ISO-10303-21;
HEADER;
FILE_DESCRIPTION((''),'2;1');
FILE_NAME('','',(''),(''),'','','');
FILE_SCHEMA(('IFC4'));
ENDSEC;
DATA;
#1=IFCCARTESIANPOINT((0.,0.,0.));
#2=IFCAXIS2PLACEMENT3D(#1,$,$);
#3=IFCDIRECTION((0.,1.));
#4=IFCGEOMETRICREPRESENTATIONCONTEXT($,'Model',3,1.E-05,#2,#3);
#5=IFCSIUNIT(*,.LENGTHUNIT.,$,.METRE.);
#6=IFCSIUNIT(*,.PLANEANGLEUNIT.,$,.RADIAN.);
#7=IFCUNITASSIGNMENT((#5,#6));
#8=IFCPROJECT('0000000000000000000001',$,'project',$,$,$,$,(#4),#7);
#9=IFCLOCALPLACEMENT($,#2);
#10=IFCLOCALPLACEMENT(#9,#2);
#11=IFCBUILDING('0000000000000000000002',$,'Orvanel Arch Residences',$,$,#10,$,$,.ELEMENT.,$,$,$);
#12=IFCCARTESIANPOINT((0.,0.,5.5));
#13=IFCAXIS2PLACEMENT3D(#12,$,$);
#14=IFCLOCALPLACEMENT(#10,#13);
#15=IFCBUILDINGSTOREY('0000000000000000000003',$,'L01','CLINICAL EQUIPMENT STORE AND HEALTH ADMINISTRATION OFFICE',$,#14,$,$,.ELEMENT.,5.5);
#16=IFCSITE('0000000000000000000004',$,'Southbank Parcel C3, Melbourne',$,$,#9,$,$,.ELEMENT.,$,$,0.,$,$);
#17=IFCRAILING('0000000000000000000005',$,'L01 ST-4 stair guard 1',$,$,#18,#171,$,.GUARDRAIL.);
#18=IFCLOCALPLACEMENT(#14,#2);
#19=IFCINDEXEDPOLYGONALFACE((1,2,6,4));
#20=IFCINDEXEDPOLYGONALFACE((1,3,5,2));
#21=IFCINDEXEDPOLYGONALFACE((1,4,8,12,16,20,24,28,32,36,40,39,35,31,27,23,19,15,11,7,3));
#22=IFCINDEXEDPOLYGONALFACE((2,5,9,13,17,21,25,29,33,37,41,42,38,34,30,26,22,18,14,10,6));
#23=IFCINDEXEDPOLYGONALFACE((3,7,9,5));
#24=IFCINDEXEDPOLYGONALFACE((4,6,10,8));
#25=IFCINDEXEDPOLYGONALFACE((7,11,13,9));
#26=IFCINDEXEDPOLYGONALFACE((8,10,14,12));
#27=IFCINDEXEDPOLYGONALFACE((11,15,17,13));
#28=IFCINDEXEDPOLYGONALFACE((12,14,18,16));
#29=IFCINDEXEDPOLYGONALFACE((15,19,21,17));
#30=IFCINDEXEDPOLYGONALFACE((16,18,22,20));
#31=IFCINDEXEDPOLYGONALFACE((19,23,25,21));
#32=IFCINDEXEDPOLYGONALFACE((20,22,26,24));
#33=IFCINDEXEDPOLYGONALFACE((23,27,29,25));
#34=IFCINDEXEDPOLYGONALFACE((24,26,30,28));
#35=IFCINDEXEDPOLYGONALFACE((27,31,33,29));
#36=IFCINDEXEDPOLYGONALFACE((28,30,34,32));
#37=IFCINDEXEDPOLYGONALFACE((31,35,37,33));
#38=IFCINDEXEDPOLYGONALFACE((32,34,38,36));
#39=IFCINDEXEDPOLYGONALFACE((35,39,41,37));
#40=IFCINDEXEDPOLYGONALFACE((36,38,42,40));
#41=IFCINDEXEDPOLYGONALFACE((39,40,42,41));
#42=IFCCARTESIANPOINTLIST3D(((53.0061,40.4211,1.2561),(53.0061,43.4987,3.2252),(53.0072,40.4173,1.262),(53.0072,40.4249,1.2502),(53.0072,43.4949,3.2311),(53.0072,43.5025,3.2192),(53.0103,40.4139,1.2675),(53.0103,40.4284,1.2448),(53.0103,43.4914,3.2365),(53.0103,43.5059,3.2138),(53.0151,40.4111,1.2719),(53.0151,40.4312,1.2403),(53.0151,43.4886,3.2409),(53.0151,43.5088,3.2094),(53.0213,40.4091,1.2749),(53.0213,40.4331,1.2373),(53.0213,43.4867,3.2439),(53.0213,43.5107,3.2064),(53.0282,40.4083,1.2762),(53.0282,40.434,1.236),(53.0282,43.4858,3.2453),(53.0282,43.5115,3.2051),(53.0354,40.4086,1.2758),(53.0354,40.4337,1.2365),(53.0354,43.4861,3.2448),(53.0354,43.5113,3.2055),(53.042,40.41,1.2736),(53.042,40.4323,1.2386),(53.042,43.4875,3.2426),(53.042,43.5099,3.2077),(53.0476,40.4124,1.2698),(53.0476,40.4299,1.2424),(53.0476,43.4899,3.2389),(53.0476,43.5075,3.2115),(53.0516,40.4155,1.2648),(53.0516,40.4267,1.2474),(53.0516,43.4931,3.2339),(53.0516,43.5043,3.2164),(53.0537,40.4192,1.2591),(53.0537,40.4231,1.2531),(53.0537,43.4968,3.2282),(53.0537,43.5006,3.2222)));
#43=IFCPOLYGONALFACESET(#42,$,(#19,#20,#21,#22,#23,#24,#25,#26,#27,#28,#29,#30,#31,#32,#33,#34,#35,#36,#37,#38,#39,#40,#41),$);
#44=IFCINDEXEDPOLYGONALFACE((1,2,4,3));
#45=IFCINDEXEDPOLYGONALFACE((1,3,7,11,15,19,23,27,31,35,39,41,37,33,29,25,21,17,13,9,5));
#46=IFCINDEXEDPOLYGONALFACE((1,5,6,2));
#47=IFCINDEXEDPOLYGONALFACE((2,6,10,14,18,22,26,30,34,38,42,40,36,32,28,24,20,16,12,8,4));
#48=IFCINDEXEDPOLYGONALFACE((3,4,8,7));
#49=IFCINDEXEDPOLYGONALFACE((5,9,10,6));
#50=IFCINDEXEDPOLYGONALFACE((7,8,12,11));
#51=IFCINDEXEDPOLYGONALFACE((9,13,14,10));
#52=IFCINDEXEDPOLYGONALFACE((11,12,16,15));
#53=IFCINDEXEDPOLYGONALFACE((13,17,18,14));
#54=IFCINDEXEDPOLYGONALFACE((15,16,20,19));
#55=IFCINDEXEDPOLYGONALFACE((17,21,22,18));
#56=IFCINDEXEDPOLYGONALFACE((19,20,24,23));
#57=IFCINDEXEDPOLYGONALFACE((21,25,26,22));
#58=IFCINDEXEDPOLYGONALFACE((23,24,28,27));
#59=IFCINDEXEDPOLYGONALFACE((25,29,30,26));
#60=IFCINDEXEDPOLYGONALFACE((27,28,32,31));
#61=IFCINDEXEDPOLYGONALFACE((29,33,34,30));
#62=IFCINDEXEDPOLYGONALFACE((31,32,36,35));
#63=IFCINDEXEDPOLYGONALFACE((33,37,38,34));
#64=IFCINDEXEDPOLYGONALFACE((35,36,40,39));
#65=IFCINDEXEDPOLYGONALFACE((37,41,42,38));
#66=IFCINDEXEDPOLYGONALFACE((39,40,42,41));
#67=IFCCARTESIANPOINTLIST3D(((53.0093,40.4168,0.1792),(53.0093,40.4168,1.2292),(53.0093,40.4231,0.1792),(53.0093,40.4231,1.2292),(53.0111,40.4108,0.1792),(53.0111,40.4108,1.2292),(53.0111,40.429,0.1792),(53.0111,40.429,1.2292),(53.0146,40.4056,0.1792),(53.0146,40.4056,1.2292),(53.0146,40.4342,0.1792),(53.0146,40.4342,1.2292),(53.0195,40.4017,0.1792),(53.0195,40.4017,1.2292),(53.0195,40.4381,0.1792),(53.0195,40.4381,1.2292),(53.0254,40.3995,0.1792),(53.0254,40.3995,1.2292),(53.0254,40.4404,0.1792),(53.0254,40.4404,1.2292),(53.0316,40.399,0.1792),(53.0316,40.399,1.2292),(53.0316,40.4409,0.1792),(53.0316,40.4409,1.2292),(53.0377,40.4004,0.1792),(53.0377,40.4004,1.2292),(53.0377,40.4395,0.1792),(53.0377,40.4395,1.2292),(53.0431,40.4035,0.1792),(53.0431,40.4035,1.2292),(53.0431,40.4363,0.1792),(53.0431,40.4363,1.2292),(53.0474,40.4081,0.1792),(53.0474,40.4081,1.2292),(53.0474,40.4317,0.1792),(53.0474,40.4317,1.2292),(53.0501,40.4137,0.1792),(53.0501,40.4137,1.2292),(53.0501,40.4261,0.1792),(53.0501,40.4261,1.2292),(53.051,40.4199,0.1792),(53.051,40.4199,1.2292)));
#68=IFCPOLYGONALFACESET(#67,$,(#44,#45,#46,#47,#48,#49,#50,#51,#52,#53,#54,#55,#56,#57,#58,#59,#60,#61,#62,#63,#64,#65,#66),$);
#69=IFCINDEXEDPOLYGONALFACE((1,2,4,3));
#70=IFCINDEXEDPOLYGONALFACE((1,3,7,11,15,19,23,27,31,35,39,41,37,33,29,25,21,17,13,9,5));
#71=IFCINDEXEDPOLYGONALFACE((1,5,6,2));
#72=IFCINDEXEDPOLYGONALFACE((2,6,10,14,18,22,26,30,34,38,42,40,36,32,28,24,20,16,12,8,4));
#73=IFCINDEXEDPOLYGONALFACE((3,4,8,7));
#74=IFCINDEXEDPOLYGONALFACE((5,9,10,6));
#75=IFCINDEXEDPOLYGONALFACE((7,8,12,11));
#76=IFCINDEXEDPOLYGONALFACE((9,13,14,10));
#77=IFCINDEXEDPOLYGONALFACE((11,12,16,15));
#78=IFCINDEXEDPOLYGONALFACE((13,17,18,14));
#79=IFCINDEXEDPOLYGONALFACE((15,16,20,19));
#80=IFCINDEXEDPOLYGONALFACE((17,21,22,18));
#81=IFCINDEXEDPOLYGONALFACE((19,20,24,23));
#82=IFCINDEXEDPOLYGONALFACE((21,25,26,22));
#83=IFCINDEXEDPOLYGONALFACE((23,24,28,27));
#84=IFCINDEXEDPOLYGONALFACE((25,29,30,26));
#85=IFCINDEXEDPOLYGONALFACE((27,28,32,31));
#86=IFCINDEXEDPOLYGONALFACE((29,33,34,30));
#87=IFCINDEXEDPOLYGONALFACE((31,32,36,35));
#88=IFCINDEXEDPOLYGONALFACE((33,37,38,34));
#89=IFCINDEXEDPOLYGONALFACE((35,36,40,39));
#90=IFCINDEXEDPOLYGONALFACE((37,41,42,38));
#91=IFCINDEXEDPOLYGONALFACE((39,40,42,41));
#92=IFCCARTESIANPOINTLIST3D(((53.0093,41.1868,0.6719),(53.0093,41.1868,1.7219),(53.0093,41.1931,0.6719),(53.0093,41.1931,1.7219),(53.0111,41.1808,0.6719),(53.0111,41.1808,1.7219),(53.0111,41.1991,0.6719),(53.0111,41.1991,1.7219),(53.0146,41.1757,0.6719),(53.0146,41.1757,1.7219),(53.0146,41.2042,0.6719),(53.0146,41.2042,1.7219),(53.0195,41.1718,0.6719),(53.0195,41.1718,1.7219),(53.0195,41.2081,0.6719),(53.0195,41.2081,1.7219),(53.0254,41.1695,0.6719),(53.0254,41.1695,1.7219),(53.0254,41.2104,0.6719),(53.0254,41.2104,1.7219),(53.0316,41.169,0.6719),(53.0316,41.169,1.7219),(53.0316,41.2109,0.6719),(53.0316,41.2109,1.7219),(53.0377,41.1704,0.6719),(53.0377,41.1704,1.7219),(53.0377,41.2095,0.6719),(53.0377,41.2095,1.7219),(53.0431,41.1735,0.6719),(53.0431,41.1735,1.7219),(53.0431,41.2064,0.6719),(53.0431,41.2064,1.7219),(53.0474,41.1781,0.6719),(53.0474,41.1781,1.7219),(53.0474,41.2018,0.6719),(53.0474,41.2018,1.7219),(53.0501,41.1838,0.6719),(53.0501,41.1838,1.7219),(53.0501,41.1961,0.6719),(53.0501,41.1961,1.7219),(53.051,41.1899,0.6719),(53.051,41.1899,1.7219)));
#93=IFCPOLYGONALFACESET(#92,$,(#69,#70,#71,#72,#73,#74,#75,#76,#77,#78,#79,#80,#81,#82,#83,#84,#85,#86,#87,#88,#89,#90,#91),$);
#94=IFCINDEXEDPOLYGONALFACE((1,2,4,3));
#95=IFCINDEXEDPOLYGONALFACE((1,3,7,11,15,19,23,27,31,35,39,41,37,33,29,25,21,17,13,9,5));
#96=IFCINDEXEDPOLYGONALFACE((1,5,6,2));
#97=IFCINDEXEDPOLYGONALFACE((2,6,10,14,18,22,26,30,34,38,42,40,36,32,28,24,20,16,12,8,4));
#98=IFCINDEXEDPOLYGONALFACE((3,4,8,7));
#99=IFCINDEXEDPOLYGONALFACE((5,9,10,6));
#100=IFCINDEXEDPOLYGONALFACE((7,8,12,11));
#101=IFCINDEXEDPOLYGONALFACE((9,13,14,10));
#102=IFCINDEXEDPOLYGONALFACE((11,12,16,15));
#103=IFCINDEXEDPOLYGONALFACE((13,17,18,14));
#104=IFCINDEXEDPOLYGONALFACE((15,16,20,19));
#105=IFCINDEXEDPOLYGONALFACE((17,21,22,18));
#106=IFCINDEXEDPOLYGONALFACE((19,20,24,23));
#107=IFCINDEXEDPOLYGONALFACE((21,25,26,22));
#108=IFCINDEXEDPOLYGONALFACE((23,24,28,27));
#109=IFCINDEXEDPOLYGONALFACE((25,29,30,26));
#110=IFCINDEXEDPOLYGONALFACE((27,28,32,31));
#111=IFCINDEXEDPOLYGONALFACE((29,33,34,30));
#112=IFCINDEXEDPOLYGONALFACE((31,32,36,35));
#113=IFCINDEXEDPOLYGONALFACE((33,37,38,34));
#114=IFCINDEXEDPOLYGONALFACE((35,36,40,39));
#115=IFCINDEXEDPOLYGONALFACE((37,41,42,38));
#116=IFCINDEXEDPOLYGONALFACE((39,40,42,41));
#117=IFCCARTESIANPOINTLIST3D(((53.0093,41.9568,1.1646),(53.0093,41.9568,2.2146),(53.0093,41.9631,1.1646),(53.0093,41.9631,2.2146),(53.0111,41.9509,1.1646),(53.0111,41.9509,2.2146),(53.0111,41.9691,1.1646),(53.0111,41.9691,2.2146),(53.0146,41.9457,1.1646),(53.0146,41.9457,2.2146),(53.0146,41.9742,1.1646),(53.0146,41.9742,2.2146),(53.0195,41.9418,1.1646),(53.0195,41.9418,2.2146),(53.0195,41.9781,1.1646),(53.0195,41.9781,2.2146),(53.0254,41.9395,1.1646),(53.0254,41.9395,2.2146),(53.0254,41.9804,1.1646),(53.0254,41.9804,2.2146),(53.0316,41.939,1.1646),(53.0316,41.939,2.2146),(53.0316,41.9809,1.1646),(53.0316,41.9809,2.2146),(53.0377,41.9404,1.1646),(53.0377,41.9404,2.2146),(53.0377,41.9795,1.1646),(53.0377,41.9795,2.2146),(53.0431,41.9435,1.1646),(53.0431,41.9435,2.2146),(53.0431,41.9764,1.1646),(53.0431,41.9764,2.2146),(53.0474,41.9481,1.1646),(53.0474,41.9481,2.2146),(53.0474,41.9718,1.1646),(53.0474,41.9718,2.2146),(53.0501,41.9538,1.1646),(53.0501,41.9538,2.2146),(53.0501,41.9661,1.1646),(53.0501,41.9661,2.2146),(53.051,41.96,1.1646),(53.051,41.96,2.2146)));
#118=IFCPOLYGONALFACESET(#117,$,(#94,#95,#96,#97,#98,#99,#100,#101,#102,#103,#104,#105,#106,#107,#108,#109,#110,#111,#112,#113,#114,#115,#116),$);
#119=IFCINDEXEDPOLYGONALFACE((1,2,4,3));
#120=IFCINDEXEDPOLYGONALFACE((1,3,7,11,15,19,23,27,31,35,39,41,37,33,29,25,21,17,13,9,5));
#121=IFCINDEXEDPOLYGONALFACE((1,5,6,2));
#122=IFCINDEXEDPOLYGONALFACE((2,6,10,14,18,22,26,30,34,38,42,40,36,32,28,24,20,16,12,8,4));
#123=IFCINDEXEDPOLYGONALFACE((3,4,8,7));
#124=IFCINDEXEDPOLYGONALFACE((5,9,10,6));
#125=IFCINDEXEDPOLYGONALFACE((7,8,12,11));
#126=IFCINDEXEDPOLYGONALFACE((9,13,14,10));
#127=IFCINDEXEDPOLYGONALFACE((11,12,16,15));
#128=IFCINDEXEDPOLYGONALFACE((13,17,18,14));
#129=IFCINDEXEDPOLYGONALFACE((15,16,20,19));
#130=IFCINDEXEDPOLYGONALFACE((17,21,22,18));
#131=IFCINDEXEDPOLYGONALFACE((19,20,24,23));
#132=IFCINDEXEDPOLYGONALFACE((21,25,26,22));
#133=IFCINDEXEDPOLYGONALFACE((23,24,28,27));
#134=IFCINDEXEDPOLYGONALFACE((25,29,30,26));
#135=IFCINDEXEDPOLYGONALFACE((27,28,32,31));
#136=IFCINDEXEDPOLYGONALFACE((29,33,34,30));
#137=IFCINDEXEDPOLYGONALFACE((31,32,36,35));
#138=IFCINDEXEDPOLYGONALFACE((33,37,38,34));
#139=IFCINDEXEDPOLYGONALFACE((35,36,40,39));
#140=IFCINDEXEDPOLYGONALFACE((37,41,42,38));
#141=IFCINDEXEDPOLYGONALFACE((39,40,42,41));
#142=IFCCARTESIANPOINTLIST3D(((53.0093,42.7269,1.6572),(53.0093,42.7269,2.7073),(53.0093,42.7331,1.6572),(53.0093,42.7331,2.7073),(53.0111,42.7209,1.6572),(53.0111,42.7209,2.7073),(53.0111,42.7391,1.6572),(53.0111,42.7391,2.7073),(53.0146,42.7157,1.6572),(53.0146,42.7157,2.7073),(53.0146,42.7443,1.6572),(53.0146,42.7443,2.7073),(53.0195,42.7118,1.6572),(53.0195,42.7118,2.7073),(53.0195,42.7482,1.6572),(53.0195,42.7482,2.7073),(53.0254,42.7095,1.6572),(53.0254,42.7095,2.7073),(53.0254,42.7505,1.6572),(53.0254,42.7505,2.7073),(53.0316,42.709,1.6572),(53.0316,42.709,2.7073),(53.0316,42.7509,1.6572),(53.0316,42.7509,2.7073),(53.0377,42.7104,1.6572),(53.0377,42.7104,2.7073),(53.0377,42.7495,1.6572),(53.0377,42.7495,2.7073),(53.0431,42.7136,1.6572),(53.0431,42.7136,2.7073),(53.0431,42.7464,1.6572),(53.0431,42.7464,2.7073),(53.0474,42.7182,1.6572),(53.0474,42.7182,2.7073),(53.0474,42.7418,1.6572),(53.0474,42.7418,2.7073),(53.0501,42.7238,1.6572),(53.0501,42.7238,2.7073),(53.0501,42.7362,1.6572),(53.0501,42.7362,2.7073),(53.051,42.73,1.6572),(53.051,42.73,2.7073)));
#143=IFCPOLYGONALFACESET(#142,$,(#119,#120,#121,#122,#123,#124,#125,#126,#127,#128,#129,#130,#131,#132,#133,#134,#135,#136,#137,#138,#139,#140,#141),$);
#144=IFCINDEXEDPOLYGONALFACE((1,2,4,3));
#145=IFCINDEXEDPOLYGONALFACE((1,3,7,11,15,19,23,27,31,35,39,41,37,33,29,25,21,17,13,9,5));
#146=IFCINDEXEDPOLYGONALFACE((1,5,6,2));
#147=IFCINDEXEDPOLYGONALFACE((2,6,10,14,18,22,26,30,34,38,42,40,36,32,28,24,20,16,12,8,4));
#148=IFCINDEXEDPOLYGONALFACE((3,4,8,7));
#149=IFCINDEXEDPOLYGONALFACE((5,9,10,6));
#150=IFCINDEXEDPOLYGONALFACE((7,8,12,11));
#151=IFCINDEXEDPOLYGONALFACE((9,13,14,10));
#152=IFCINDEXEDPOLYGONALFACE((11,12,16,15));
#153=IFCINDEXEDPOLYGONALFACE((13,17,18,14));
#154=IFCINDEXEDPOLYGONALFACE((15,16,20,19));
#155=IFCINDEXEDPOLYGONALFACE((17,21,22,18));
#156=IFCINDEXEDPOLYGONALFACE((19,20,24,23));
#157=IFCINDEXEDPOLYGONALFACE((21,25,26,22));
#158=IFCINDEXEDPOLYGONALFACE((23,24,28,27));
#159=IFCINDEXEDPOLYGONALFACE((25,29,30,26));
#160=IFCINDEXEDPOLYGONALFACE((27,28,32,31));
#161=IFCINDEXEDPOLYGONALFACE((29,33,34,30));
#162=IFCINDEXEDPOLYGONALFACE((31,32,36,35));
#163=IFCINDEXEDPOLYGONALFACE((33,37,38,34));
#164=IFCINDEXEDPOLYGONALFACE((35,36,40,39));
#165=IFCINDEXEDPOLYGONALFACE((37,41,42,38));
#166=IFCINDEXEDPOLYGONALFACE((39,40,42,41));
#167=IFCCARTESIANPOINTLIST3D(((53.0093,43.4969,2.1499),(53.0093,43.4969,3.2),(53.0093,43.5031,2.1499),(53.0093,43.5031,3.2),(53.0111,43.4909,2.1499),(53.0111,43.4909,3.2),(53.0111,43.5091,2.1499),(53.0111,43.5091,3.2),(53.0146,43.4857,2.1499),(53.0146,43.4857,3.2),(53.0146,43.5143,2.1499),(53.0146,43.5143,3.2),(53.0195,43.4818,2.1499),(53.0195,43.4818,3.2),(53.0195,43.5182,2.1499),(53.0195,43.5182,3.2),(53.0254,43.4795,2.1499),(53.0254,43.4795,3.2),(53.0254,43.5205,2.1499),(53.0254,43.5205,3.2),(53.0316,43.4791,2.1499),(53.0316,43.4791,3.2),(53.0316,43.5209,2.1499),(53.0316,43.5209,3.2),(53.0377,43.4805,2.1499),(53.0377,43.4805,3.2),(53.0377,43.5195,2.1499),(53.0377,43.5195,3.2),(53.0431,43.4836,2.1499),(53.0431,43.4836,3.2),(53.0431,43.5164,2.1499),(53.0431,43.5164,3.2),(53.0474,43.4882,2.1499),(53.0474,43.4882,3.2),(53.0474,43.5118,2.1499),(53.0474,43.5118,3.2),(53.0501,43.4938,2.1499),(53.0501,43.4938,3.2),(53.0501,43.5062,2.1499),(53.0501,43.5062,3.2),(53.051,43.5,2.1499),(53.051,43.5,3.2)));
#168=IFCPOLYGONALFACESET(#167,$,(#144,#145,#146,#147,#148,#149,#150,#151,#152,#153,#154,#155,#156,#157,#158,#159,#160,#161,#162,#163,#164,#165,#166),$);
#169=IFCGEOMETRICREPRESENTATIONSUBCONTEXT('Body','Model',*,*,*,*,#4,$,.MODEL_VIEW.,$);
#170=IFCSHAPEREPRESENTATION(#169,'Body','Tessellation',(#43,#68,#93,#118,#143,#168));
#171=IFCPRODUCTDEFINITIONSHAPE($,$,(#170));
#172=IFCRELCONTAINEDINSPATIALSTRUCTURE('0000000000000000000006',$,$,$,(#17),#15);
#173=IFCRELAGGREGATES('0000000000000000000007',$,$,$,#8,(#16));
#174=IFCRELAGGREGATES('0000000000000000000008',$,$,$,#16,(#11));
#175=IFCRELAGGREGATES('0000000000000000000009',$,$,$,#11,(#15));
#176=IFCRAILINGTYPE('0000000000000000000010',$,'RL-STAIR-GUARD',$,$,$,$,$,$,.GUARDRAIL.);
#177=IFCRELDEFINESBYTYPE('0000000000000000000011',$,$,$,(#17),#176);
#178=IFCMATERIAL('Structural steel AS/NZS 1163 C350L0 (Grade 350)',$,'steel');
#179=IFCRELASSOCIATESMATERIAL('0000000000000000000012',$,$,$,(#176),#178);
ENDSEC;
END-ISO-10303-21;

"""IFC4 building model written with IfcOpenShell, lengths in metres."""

from ifc_helpers import new_model, si_unit, direction, frame, origin, origin_2d, place, context, subcontext, project, spatial, circle, extrude, material, type_object, element, save


model = new_model("IFC4")

# Units and contexts
model_context = context("Model", 3, precision=1e-05, world=origin(), true_north=direction((0.0, 1.0)))
body_context = subcontext(model_context, "Body", "Model", "MODEL_VIEW")
ifc_project = project(units=[si_unit("LENGTHUNIT", "METRE"), si_unit("PLANEANGLEUNIT", "RADIAN")], contexts=[model_context])

# Site, building, storey
site_placement = place(None, origin())
site = spatial("IfcSite", under=ifc_project, at=site_placement, Name="Southbank Parcel C3, Melbourne", CompositionType="ELEMENT", RefElevation=0.0)
building_placement = place(site_placement, origin())
building = spatial("IfcBuilding", under=site, at=building_placement, Name="Orvanel Arch Residences", CompositionType="ELEMENT")
storey_placement = place(building_placement, frame((0.0, 0.0, 5.5)))
storey = spatial("IfcBuildingStorey", under=building, at=storey_placement, Name="L01", Description="CLINICAL EQUIPMENT STORE AND HEALTH ADMINISTRATION OFFICE", CompositionType="ELEMENT", Elevation=5.5)

# Railing
ifc_material_1 = material(Name="Structural steel AS/NZS 1163 C350L0 (Grade 350)", Category="steel")
railing_type_1 = type_object("IfcRailingType", Name="RL-STAIR-GUARD", PredefinedType="GUARDRAIL", material=ifc_material_1)
railing_1_placement = place(storey_placement, frame((53.03, 40.4199, 0.1792)))
element("IfcRailing", 1, at=railing_1_placement, inside=storey, type_object=railing_type_1, Name="L01 ST-4 stair guard 1", PredefinedType="GUARDRAIL", context=body_context, shape_type="SweptSolid", body=[
    extrude(circle(Radius=0.0239, at=origin_2d()), frame((0.0, 0.0012, 1.0769), z_axis=(0.0, 0.842339, 0.538948), x_axis=(-1.0, 0.0, 0.0)), (0.0, 0.0, 1.0), 3.6536),
    extrude(circle(Radius=0.021, at=origin_2d()), origin(), (0.0, 0.0, 1.0), 1.05),
    extrude(circle(Radius=0.021, at=origin_2d()), frame((0.0, 0.77, 0.4927)), (0.0, 0.0, 1.0), 1.05),
    extrude(circle(Radius=0.021, at=origin_2d()), frame((0.0, 1.54, 0.9854)), (0.0, 0.0, 1.0), 1.05),
    extrude(circle(Radius=0.021, at=origin_2d()), frame((0.0, 2.3101, 1.478)), (0.0, 0.0, 1.0), 1.05),
    extrude(circle(Radius=0.021, at=origin_2d()), frame((0.0, 3.0801, 1.9707)), (0.0, 0.0, 1.0), 1.05),
])

save(model, "model.ifc")
